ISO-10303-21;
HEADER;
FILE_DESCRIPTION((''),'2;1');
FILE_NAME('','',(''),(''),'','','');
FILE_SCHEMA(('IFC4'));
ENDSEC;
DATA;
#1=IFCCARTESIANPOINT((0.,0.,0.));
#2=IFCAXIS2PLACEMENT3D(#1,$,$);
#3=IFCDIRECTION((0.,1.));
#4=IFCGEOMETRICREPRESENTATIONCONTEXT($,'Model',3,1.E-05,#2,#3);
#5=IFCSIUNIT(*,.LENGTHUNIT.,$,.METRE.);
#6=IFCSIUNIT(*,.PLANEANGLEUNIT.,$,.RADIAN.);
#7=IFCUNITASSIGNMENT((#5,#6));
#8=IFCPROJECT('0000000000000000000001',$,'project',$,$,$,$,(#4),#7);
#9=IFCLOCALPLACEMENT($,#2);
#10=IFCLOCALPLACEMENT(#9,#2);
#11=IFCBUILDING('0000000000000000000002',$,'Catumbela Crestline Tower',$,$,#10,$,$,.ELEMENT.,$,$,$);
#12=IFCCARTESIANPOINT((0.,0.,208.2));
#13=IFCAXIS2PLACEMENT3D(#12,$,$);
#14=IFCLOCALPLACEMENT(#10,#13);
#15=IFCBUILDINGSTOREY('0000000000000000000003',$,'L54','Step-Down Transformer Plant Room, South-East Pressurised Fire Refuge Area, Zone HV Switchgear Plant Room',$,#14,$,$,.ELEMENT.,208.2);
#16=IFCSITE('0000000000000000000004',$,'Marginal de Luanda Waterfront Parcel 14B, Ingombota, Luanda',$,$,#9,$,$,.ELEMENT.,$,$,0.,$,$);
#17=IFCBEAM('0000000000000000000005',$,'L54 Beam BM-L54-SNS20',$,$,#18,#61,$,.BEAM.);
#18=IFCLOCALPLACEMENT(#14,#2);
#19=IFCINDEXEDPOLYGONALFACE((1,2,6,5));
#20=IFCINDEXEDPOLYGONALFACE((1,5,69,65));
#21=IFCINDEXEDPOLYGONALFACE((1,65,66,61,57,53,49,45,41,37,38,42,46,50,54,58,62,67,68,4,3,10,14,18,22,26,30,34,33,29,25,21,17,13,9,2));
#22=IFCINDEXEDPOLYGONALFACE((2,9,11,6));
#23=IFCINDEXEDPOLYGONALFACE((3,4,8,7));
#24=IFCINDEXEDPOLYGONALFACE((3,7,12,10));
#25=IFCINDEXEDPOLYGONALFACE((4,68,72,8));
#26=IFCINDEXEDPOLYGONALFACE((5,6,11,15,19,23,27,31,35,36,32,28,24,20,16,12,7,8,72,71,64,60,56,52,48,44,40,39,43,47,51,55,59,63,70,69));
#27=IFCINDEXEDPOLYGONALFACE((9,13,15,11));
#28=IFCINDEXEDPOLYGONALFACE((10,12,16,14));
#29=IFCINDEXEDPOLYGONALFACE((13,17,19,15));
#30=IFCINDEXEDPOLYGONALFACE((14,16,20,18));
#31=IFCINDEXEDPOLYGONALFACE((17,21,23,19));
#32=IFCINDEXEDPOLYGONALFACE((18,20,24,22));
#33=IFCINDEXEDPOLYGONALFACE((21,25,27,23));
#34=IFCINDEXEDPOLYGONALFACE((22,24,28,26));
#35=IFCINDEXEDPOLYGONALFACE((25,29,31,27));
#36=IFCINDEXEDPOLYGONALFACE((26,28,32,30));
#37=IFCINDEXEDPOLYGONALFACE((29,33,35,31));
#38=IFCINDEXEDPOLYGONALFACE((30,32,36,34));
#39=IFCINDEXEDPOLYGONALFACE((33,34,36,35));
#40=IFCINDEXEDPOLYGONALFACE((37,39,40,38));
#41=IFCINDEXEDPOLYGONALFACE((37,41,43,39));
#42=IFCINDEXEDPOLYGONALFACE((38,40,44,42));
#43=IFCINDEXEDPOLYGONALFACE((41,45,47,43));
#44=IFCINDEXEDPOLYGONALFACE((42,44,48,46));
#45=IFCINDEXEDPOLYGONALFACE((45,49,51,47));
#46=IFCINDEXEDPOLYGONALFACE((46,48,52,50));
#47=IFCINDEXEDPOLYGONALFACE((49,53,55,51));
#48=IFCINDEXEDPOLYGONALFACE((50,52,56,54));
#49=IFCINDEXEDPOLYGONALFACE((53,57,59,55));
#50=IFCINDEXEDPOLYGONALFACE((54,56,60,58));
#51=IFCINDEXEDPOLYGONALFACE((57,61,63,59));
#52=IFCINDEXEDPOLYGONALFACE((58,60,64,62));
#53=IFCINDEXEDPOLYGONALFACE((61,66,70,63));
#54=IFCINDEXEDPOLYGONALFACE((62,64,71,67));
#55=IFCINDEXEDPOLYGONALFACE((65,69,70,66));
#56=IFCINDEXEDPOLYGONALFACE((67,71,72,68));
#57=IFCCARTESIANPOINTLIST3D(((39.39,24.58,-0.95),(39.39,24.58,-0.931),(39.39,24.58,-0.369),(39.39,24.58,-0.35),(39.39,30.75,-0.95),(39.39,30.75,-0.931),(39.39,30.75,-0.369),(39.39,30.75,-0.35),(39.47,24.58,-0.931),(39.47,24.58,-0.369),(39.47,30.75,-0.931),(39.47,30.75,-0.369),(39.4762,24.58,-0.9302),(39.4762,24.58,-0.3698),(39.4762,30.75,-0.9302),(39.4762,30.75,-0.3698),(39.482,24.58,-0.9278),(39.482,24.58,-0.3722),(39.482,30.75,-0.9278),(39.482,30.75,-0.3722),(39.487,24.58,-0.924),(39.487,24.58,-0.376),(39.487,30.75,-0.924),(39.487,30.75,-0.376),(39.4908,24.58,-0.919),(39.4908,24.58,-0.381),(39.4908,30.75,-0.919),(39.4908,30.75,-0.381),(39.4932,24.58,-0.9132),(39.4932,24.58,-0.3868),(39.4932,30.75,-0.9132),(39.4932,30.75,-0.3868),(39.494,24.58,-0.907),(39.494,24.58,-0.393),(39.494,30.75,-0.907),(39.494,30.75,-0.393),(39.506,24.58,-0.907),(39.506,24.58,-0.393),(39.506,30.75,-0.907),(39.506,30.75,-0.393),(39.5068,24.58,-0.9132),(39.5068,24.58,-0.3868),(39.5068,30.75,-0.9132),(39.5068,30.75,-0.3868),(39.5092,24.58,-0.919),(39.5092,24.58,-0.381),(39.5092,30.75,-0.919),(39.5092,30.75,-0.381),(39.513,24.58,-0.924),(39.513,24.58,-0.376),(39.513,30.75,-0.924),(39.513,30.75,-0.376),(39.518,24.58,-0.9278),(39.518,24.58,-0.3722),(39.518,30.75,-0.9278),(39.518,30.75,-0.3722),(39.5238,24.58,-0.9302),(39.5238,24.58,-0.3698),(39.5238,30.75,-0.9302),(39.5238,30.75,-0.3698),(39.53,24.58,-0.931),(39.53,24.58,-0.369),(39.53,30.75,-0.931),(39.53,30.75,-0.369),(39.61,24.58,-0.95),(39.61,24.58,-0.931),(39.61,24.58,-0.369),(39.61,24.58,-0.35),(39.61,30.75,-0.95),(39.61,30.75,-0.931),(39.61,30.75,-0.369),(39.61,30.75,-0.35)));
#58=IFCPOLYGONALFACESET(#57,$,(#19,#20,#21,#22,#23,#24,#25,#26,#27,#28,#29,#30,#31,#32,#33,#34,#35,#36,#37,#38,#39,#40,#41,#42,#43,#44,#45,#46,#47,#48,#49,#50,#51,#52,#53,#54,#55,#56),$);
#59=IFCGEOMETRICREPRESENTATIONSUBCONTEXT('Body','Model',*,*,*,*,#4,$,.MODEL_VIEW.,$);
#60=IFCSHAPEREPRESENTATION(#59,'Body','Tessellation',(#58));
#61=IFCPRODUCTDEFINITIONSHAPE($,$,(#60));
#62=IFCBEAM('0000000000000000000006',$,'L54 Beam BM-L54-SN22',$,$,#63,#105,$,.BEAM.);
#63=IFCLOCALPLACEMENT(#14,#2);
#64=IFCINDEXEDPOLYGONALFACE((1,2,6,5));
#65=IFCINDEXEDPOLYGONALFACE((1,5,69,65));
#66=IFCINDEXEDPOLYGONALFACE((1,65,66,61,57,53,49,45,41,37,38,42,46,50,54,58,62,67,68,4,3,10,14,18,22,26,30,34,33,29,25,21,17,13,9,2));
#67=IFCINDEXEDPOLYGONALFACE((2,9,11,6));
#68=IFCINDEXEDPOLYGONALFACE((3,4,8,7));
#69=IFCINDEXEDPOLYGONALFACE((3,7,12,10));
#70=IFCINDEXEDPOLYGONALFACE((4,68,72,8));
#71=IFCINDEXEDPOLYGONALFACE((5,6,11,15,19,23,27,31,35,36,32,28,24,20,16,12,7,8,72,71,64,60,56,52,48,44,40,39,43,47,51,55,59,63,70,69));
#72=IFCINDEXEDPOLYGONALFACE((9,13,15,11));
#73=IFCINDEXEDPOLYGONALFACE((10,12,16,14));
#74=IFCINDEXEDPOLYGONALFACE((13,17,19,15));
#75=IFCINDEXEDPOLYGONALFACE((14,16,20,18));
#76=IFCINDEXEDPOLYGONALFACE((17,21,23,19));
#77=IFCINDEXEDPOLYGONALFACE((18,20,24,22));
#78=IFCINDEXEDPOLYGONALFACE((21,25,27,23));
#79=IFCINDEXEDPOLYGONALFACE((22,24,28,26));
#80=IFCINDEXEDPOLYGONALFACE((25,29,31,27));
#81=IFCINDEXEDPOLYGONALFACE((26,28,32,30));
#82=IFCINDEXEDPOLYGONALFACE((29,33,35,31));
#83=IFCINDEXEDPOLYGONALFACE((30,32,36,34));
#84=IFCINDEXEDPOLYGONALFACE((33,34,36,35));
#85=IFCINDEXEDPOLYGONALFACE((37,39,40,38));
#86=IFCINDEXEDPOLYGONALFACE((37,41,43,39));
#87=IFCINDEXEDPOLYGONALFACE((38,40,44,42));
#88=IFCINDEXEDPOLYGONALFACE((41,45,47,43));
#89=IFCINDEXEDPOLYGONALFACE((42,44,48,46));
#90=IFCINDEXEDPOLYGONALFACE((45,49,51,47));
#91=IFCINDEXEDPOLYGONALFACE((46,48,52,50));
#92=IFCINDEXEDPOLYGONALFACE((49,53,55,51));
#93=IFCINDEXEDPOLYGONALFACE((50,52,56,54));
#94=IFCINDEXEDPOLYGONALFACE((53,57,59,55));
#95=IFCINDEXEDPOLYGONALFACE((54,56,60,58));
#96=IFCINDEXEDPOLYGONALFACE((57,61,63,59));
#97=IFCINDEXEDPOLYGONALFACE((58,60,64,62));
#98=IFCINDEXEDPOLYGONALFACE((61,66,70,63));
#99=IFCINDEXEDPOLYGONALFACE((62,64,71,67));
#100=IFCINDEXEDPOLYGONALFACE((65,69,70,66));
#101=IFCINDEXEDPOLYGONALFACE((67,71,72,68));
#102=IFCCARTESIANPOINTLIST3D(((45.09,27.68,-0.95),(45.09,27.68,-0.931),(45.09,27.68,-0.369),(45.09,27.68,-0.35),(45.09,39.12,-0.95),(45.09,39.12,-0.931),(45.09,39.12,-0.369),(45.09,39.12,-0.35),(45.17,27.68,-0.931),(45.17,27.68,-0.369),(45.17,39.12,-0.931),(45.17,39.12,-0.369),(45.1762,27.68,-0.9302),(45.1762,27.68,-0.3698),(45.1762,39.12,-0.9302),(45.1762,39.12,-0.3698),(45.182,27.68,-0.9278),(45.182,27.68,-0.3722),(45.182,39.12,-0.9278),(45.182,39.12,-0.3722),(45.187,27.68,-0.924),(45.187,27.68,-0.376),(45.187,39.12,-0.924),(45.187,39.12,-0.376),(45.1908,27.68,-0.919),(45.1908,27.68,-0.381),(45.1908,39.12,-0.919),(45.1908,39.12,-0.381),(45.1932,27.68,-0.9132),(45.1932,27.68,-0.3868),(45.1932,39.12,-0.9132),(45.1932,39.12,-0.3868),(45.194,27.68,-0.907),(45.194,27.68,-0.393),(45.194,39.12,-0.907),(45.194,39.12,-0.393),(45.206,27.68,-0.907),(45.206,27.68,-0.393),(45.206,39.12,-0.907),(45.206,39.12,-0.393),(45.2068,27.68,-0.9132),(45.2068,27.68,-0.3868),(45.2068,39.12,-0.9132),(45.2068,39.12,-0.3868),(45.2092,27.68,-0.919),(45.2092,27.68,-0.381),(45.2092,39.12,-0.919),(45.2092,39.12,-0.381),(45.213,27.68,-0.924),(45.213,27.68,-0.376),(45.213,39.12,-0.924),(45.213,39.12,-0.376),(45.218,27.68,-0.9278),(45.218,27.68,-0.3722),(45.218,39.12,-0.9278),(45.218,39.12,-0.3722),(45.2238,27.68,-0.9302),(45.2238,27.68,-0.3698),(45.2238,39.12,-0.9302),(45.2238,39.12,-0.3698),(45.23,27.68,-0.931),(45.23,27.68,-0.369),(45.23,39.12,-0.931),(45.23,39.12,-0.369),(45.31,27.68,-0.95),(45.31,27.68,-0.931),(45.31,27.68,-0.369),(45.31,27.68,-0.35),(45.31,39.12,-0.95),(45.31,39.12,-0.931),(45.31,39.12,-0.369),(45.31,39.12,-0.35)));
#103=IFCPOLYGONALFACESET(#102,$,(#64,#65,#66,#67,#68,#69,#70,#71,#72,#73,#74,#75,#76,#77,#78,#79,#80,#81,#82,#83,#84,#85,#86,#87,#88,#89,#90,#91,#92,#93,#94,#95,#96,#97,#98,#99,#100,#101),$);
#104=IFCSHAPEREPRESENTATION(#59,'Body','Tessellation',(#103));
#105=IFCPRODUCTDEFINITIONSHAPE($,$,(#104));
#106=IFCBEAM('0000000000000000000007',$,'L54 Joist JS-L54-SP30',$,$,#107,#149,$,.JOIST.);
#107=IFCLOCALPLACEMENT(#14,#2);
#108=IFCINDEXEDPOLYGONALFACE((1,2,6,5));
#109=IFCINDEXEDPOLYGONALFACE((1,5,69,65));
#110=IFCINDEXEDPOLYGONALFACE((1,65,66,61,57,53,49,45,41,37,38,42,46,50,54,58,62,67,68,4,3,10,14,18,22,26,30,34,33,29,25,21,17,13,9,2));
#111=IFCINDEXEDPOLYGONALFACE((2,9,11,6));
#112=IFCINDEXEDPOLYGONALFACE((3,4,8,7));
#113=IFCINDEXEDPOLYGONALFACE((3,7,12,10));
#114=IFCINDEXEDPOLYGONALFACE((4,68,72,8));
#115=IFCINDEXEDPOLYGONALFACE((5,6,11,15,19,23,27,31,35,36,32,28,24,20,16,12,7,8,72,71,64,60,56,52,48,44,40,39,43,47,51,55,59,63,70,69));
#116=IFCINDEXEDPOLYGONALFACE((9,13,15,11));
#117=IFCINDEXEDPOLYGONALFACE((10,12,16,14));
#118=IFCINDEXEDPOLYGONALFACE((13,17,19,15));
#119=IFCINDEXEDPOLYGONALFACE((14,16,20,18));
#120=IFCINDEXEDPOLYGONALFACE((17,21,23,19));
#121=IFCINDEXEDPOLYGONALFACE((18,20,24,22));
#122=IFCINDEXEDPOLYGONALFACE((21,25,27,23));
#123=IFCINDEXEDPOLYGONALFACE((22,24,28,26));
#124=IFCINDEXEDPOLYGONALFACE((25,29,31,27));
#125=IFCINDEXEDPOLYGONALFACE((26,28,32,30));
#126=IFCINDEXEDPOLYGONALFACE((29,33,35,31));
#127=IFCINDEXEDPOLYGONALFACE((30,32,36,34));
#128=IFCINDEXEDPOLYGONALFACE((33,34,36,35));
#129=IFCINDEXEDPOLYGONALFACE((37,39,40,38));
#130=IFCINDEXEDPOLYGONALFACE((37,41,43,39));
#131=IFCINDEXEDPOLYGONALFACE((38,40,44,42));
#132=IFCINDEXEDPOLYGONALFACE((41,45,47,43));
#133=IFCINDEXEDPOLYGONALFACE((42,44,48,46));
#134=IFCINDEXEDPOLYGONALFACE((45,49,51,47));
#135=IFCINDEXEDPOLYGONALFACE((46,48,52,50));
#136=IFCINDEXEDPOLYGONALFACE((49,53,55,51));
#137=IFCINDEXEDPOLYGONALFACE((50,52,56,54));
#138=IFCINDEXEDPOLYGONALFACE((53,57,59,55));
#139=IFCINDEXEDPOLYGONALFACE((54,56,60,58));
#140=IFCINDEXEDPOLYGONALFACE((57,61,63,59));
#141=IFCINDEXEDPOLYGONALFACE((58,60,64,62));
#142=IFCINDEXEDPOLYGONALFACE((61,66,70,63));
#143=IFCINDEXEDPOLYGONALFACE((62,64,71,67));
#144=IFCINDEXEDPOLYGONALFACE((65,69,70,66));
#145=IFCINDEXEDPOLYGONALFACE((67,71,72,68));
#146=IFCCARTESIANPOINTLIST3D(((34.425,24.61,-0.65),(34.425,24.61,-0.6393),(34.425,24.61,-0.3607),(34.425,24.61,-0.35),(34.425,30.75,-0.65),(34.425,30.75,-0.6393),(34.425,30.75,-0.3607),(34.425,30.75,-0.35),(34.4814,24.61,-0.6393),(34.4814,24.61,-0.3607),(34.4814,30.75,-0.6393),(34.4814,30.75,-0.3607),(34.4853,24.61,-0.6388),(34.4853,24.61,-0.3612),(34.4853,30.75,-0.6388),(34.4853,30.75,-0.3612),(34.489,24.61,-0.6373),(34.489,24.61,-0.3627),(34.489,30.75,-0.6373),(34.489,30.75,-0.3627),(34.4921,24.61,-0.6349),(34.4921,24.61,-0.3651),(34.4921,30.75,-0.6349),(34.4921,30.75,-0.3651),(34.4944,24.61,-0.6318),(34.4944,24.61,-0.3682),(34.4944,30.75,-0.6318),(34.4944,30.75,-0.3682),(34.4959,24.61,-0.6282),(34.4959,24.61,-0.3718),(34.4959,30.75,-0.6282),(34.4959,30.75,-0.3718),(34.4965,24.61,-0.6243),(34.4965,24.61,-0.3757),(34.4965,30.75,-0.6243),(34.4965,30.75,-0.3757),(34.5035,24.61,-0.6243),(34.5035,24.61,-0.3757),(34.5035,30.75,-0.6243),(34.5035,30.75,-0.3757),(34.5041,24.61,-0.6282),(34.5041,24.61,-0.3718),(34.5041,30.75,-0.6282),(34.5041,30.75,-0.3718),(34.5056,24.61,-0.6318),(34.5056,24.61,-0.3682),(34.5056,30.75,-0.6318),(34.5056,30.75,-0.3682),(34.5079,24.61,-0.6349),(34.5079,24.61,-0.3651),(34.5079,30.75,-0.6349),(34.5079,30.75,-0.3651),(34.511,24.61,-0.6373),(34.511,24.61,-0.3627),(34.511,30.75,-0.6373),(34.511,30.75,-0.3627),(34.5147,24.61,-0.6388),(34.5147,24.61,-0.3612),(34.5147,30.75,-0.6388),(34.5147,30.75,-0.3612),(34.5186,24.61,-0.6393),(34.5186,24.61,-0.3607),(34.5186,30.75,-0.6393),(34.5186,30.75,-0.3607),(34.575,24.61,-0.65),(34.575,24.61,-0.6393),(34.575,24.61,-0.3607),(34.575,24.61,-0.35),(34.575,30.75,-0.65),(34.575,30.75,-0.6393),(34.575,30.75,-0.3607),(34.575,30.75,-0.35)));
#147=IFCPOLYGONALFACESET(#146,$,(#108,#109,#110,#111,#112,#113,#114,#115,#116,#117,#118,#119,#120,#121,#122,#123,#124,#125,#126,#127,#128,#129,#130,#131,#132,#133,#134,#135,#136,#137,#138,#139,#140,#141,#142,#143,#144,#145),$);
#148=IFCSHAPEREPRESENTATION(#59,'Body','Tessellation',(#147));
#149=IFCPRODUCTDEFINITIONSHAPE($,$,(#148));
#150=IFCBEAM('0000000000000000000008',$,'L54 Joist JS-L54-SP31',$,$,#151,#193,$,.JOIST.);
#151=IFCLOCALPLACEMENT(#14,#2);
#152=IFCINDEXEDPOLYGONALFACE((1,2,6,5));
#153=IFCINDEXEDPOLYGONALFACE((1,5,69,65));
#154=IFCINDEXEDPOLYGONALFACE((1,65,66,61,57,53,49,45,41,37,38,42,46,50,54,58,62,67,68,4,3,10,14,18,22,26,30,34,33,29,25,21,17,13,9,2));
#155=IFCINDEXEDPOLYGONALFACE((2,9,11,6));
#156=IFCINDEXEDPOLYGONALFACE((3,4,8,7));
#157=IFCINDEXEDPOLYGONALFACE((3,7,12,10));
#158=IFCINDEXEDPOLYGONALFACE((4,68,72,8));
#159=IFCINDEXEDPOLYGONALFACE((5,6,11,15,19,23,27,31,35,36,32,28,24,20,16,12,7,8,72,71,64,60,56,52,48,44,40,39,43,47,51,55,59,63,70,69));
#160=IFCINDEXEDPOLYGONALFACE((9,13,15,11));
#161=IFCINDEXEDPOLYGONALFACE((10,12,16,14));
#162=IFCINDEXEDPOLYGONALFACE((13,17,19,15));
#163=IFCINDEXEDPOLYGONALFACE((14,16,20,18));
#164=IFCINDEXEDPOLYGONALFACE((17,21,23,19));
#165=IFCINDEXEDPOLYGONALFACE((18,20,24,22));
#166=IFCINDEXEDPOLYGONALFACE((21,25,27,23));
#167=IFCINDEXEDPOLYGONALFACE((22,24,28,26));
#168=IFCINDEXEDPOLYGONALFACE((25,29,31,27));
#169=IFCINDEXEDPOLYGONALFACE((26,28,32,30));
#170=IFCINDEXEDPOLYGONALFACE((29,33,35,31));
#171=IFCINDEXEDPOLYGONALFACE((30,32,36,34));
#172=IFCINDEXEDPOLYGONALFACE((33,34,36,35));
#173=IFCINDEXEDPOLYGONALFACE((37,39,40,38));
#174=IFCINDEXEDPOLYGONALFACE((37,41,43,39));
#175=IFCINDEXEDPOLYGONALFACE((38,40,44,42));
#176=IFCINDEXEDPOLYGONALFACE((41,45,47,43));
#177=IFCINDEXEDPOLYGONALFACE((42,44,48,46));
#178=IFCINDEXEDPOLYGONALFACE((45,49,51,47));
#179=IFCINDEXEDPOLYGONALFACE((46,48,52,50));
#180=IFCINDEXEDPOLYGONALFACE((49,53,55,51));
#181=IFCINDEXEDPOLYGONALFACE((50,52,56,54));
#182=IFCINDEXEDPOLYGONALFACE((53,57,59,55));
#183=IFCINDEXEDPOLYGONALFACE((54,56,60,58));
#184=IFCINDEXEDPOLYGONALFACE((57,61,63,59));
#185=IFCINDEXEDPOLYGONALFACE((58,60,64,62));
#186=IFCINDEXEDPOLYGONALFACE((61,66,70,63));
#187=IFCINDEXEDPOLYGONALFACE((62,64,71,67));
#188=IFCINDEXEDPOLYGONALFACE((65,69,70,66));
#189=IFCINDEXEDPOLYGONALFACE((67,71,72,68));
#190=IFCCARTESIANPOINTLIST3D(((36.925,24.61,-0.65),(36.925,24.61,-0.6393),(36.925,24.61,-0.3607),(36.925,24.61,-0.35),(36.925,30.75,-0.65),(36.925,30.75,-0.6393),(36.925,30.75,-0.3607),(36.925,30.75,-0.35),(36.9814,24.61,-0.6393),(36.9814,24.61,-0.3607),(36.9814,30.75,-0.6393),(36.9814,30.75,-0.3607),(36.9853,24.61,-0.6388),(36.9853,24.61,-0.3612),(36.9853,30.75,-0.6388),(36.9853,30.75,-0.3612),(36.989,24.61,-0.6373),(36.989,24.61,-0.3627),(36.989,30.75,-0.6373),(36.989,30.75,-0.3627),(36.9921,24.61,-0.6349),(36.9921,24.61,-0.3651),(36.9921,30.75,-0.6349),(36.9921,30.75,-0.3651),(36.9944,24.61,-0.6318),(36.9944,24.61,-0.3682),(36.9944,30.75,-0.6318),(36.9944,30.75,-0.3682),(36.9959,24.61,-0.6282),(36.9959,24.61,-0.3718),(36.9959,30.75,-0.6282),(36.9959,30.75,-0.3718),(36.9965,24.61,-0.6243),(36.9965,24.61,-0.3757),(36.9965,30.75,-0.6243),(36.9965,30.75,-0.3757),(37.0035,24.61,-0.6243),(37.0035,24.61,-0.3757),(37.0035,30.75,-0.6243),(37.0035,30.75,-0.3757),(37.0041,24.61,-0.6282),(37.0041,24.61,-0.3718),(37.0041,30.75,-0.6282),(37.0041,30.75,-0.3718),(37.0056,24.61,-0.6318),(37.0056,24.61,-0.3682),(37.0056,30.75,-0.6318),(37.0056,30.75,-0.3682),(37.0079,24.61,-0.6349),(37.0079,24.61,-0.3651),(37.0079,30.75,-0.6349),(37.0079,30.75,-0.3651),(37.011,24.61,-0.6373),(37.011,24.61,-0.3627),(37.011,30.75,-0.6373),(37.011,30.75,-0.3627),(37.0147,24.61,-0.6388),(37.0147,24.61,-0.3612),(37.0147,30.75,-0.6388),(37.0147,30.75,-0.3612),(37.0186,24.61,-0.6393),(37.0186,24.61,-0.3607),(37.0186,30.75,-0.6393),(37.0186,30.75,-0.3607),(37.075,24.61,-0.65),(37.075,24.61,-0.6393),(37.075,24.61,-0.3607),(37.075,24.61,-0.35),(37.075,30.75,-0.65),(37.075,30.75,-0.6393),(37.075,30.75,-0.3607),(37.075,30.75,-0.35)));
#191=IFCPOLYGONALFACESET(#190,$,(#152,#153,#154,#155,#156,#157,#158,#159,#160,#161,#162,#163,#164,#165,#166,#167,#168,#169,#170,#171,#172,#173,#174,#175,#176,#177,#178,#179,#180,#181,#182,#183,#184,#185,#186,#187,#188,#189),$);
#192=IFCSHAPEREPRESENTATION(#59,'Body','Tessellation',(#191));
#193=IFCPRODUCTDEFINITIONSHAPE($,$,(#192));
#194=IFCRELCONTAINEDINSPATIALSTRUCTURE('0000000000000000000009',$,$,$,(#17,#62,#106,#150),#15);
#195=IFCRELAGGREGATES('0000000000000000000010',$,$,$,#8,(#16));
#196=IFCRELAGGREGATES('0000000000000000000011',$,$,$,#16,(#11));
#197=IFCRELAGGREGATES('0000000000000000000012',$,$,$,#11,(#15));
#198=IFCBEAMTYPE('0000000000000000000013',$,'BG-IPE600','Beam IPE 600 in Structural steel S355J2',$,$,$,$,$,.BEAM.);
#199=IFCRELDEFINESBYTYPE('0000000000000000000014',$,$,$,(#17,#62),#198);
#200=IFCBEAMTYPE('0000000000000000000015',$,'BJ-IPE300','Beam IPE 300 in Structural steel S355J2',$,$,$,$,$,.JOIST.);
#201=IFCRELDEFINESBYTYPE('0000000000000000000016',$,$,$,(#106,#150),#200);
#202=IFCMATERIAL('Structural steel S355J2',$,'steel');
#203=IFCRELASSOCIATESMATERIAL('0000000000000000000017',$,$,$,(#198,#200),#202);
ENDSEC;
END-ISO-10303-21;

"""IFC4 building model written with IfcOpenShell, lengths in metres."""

from ifc_helpers import new_model, si_unit, direction, frame, origin, origin_2d, place, context, subcontext, project, spatial, i_section, extrude, material, material_profile, profile_set, type_object, element, save


model = new_model("IFC4")

# Units and contexts
model_context = context("Model", 3, precision=1e-05, world=origin(), true_north=direction((0.0, 1.0)))
body_context = subcontext(model_context, "Body", "Model", "MODEL_VIEW")
ifc_project = project(units=[si_unit("LENGTHUNIT", "METRE"), si_unit("PLANEANGLEUNIT", "RADIAN")], contexts=[model_context])

# Site, building, storey
site_placement = place(None, origin())
site = spatial("IfcSite", under=ifc_project, at=site_placement, Name="Marginal de Luanda Waterfront Parcel 14B, Ingombota, Luanda", CompositionType="ELEMENT", RefElevation=0.0)
building_placement = place(site_placement, origin())
building = spatial("IfcBuilding", under=site, at=building_placement, Name="Catumbela Crestline Tower", CompositionType="ELEMENT")
storey_placement = place(building_placement, frame((0.0, 0.0, 208.2)))
storey = spatial("IfcBuildingStorey", under=building, at=storey_placement, Name="L54", Description="Step-Down Transformer Plant Room, South-East Pressurised Fire Refuge Area, Zone HV Switchgear Plant Room", CompositionType="ELEMENT", Elevation=208.2)

# Shared definitions
ifc_material_1 = material(Name="Structural steel S355J2", Category="steel")

# Beams
ifc_material_profile_1 = material_profile(ifc_material_1, i_section(OverallWidth=0.22, OverallDepth=0.6, WebThickness=0.012, FlangeThickness=0.019, FilletRadius=0.024, at=origin_2d()), Name="IPE 600")
ifc_profile_set_1 = profile_set([ifc_material_profile_1], Name="Structural steel S355J2")
beam_type_1 = type_object("IfcBeamType", Name="BG-IPE600", Description="Beam IPE 600 in Structural steel S355J2", PredefinedType="BEAM", material=ifc_profile_set_1)
for number, where, z_axis, x_axis, name in (
    (1, (39.5, 24.58, -0.65), (0.0, 1.0, 0.0), (-1.0, 0.0, 0.0), "L54 Beam BM-L54-SNS20"),
):
    element("IfcBeam", number, at=place(storey_placement, frame(where, z_axis=z_axis, x_axis=x_axis)), inside=storey, type_object=beam_type_1, Name=name, PredefinedType="BEAM", context=body_context, shape_type="SweptSolid", body=[
        extrude(i_section(OverallWidth=0.22, OverallDepth=0.6, WebThickness=0.012, FlangeThickness=0.019, FilletRadius=0.024, at=origin_2d()), origin(), (0.0, 0.0, 1.0), 6.17),
    ])
beam_1_placement = place(storey_placement, frame((45.2, 27.68, -0.65), z_axis=(0.0, 1.0, 0.0), x_axis=(-1.0, 0.0, 0.0)))
element("IfcBeam", 2, at=beam_1_placement, inside=storey, type_object=beam_type_1, Name="L54 Beam BM-L54-SN22", PredefinedType="BEAM", context=body_context, shape_type="SweptSolid", body=[
    extrude(i_section(OverallWidth=0.22, OverallDepth=0.6, WebThickness=0.012, FlangeThickness=0.019, FilletRadius=0.024, at=origin_2d()), origin(), (0.0, 0.0, 1.0), 11.44),
])
ifc_material_profile_2 = material_profile(ifc_material_1, i_section(OverallWidth=0.15, OverallDepth=0.3, WebThickness=0.0071, FlangeThickness=0.0107, FilletRadius=0.015, at=origin_2d()), Name="IPE 300")
ifc_profile_set_2 = profile_set([ifc_material_profile_2], Name="Structural steel S355J2")
beam_type_2 = type_object("IfcBeamType", Name="BJ-IPE300", Description="Beam IPE 300 in Structural steel S355J2", PredefinedType="JOIST", material=ifc_profile_set_2)
for number, where, z_axis, x_axis, name in (
    (3, (34.5, 24.61, -0.5), (0.0, 1.0, 0.0), (-1.0, 0.0, 0.0), "L54 Joist JS-L54-SP30"),
    (4, (37.0, 24.61, -0.5), (0.0, 1.0, 0.0), (-1.0, 0.0, 0.0), "L54 Joist JS-L54-SP31"),
):
    element("IfcBeam", number, at=place(storey_placement, frame(where, z_axis=z_axis, x_axis=x_axis)), inside=storey, type_object=beam_type_2, Name=name, PredefinedType="JOIST", context=body_context, shape_type="SweptSolid", body=[
        extrude(i_section(OverallWidth=0.15, OverallDepth=0.3, WebThickness=0.0071, FlangeThickness=0.0107, FilletRadius=0.015, at=origin_2d()), origin(), (0.0, 0.0, 1.0), 6.14),
    ])

save(model, "model.ifc")
